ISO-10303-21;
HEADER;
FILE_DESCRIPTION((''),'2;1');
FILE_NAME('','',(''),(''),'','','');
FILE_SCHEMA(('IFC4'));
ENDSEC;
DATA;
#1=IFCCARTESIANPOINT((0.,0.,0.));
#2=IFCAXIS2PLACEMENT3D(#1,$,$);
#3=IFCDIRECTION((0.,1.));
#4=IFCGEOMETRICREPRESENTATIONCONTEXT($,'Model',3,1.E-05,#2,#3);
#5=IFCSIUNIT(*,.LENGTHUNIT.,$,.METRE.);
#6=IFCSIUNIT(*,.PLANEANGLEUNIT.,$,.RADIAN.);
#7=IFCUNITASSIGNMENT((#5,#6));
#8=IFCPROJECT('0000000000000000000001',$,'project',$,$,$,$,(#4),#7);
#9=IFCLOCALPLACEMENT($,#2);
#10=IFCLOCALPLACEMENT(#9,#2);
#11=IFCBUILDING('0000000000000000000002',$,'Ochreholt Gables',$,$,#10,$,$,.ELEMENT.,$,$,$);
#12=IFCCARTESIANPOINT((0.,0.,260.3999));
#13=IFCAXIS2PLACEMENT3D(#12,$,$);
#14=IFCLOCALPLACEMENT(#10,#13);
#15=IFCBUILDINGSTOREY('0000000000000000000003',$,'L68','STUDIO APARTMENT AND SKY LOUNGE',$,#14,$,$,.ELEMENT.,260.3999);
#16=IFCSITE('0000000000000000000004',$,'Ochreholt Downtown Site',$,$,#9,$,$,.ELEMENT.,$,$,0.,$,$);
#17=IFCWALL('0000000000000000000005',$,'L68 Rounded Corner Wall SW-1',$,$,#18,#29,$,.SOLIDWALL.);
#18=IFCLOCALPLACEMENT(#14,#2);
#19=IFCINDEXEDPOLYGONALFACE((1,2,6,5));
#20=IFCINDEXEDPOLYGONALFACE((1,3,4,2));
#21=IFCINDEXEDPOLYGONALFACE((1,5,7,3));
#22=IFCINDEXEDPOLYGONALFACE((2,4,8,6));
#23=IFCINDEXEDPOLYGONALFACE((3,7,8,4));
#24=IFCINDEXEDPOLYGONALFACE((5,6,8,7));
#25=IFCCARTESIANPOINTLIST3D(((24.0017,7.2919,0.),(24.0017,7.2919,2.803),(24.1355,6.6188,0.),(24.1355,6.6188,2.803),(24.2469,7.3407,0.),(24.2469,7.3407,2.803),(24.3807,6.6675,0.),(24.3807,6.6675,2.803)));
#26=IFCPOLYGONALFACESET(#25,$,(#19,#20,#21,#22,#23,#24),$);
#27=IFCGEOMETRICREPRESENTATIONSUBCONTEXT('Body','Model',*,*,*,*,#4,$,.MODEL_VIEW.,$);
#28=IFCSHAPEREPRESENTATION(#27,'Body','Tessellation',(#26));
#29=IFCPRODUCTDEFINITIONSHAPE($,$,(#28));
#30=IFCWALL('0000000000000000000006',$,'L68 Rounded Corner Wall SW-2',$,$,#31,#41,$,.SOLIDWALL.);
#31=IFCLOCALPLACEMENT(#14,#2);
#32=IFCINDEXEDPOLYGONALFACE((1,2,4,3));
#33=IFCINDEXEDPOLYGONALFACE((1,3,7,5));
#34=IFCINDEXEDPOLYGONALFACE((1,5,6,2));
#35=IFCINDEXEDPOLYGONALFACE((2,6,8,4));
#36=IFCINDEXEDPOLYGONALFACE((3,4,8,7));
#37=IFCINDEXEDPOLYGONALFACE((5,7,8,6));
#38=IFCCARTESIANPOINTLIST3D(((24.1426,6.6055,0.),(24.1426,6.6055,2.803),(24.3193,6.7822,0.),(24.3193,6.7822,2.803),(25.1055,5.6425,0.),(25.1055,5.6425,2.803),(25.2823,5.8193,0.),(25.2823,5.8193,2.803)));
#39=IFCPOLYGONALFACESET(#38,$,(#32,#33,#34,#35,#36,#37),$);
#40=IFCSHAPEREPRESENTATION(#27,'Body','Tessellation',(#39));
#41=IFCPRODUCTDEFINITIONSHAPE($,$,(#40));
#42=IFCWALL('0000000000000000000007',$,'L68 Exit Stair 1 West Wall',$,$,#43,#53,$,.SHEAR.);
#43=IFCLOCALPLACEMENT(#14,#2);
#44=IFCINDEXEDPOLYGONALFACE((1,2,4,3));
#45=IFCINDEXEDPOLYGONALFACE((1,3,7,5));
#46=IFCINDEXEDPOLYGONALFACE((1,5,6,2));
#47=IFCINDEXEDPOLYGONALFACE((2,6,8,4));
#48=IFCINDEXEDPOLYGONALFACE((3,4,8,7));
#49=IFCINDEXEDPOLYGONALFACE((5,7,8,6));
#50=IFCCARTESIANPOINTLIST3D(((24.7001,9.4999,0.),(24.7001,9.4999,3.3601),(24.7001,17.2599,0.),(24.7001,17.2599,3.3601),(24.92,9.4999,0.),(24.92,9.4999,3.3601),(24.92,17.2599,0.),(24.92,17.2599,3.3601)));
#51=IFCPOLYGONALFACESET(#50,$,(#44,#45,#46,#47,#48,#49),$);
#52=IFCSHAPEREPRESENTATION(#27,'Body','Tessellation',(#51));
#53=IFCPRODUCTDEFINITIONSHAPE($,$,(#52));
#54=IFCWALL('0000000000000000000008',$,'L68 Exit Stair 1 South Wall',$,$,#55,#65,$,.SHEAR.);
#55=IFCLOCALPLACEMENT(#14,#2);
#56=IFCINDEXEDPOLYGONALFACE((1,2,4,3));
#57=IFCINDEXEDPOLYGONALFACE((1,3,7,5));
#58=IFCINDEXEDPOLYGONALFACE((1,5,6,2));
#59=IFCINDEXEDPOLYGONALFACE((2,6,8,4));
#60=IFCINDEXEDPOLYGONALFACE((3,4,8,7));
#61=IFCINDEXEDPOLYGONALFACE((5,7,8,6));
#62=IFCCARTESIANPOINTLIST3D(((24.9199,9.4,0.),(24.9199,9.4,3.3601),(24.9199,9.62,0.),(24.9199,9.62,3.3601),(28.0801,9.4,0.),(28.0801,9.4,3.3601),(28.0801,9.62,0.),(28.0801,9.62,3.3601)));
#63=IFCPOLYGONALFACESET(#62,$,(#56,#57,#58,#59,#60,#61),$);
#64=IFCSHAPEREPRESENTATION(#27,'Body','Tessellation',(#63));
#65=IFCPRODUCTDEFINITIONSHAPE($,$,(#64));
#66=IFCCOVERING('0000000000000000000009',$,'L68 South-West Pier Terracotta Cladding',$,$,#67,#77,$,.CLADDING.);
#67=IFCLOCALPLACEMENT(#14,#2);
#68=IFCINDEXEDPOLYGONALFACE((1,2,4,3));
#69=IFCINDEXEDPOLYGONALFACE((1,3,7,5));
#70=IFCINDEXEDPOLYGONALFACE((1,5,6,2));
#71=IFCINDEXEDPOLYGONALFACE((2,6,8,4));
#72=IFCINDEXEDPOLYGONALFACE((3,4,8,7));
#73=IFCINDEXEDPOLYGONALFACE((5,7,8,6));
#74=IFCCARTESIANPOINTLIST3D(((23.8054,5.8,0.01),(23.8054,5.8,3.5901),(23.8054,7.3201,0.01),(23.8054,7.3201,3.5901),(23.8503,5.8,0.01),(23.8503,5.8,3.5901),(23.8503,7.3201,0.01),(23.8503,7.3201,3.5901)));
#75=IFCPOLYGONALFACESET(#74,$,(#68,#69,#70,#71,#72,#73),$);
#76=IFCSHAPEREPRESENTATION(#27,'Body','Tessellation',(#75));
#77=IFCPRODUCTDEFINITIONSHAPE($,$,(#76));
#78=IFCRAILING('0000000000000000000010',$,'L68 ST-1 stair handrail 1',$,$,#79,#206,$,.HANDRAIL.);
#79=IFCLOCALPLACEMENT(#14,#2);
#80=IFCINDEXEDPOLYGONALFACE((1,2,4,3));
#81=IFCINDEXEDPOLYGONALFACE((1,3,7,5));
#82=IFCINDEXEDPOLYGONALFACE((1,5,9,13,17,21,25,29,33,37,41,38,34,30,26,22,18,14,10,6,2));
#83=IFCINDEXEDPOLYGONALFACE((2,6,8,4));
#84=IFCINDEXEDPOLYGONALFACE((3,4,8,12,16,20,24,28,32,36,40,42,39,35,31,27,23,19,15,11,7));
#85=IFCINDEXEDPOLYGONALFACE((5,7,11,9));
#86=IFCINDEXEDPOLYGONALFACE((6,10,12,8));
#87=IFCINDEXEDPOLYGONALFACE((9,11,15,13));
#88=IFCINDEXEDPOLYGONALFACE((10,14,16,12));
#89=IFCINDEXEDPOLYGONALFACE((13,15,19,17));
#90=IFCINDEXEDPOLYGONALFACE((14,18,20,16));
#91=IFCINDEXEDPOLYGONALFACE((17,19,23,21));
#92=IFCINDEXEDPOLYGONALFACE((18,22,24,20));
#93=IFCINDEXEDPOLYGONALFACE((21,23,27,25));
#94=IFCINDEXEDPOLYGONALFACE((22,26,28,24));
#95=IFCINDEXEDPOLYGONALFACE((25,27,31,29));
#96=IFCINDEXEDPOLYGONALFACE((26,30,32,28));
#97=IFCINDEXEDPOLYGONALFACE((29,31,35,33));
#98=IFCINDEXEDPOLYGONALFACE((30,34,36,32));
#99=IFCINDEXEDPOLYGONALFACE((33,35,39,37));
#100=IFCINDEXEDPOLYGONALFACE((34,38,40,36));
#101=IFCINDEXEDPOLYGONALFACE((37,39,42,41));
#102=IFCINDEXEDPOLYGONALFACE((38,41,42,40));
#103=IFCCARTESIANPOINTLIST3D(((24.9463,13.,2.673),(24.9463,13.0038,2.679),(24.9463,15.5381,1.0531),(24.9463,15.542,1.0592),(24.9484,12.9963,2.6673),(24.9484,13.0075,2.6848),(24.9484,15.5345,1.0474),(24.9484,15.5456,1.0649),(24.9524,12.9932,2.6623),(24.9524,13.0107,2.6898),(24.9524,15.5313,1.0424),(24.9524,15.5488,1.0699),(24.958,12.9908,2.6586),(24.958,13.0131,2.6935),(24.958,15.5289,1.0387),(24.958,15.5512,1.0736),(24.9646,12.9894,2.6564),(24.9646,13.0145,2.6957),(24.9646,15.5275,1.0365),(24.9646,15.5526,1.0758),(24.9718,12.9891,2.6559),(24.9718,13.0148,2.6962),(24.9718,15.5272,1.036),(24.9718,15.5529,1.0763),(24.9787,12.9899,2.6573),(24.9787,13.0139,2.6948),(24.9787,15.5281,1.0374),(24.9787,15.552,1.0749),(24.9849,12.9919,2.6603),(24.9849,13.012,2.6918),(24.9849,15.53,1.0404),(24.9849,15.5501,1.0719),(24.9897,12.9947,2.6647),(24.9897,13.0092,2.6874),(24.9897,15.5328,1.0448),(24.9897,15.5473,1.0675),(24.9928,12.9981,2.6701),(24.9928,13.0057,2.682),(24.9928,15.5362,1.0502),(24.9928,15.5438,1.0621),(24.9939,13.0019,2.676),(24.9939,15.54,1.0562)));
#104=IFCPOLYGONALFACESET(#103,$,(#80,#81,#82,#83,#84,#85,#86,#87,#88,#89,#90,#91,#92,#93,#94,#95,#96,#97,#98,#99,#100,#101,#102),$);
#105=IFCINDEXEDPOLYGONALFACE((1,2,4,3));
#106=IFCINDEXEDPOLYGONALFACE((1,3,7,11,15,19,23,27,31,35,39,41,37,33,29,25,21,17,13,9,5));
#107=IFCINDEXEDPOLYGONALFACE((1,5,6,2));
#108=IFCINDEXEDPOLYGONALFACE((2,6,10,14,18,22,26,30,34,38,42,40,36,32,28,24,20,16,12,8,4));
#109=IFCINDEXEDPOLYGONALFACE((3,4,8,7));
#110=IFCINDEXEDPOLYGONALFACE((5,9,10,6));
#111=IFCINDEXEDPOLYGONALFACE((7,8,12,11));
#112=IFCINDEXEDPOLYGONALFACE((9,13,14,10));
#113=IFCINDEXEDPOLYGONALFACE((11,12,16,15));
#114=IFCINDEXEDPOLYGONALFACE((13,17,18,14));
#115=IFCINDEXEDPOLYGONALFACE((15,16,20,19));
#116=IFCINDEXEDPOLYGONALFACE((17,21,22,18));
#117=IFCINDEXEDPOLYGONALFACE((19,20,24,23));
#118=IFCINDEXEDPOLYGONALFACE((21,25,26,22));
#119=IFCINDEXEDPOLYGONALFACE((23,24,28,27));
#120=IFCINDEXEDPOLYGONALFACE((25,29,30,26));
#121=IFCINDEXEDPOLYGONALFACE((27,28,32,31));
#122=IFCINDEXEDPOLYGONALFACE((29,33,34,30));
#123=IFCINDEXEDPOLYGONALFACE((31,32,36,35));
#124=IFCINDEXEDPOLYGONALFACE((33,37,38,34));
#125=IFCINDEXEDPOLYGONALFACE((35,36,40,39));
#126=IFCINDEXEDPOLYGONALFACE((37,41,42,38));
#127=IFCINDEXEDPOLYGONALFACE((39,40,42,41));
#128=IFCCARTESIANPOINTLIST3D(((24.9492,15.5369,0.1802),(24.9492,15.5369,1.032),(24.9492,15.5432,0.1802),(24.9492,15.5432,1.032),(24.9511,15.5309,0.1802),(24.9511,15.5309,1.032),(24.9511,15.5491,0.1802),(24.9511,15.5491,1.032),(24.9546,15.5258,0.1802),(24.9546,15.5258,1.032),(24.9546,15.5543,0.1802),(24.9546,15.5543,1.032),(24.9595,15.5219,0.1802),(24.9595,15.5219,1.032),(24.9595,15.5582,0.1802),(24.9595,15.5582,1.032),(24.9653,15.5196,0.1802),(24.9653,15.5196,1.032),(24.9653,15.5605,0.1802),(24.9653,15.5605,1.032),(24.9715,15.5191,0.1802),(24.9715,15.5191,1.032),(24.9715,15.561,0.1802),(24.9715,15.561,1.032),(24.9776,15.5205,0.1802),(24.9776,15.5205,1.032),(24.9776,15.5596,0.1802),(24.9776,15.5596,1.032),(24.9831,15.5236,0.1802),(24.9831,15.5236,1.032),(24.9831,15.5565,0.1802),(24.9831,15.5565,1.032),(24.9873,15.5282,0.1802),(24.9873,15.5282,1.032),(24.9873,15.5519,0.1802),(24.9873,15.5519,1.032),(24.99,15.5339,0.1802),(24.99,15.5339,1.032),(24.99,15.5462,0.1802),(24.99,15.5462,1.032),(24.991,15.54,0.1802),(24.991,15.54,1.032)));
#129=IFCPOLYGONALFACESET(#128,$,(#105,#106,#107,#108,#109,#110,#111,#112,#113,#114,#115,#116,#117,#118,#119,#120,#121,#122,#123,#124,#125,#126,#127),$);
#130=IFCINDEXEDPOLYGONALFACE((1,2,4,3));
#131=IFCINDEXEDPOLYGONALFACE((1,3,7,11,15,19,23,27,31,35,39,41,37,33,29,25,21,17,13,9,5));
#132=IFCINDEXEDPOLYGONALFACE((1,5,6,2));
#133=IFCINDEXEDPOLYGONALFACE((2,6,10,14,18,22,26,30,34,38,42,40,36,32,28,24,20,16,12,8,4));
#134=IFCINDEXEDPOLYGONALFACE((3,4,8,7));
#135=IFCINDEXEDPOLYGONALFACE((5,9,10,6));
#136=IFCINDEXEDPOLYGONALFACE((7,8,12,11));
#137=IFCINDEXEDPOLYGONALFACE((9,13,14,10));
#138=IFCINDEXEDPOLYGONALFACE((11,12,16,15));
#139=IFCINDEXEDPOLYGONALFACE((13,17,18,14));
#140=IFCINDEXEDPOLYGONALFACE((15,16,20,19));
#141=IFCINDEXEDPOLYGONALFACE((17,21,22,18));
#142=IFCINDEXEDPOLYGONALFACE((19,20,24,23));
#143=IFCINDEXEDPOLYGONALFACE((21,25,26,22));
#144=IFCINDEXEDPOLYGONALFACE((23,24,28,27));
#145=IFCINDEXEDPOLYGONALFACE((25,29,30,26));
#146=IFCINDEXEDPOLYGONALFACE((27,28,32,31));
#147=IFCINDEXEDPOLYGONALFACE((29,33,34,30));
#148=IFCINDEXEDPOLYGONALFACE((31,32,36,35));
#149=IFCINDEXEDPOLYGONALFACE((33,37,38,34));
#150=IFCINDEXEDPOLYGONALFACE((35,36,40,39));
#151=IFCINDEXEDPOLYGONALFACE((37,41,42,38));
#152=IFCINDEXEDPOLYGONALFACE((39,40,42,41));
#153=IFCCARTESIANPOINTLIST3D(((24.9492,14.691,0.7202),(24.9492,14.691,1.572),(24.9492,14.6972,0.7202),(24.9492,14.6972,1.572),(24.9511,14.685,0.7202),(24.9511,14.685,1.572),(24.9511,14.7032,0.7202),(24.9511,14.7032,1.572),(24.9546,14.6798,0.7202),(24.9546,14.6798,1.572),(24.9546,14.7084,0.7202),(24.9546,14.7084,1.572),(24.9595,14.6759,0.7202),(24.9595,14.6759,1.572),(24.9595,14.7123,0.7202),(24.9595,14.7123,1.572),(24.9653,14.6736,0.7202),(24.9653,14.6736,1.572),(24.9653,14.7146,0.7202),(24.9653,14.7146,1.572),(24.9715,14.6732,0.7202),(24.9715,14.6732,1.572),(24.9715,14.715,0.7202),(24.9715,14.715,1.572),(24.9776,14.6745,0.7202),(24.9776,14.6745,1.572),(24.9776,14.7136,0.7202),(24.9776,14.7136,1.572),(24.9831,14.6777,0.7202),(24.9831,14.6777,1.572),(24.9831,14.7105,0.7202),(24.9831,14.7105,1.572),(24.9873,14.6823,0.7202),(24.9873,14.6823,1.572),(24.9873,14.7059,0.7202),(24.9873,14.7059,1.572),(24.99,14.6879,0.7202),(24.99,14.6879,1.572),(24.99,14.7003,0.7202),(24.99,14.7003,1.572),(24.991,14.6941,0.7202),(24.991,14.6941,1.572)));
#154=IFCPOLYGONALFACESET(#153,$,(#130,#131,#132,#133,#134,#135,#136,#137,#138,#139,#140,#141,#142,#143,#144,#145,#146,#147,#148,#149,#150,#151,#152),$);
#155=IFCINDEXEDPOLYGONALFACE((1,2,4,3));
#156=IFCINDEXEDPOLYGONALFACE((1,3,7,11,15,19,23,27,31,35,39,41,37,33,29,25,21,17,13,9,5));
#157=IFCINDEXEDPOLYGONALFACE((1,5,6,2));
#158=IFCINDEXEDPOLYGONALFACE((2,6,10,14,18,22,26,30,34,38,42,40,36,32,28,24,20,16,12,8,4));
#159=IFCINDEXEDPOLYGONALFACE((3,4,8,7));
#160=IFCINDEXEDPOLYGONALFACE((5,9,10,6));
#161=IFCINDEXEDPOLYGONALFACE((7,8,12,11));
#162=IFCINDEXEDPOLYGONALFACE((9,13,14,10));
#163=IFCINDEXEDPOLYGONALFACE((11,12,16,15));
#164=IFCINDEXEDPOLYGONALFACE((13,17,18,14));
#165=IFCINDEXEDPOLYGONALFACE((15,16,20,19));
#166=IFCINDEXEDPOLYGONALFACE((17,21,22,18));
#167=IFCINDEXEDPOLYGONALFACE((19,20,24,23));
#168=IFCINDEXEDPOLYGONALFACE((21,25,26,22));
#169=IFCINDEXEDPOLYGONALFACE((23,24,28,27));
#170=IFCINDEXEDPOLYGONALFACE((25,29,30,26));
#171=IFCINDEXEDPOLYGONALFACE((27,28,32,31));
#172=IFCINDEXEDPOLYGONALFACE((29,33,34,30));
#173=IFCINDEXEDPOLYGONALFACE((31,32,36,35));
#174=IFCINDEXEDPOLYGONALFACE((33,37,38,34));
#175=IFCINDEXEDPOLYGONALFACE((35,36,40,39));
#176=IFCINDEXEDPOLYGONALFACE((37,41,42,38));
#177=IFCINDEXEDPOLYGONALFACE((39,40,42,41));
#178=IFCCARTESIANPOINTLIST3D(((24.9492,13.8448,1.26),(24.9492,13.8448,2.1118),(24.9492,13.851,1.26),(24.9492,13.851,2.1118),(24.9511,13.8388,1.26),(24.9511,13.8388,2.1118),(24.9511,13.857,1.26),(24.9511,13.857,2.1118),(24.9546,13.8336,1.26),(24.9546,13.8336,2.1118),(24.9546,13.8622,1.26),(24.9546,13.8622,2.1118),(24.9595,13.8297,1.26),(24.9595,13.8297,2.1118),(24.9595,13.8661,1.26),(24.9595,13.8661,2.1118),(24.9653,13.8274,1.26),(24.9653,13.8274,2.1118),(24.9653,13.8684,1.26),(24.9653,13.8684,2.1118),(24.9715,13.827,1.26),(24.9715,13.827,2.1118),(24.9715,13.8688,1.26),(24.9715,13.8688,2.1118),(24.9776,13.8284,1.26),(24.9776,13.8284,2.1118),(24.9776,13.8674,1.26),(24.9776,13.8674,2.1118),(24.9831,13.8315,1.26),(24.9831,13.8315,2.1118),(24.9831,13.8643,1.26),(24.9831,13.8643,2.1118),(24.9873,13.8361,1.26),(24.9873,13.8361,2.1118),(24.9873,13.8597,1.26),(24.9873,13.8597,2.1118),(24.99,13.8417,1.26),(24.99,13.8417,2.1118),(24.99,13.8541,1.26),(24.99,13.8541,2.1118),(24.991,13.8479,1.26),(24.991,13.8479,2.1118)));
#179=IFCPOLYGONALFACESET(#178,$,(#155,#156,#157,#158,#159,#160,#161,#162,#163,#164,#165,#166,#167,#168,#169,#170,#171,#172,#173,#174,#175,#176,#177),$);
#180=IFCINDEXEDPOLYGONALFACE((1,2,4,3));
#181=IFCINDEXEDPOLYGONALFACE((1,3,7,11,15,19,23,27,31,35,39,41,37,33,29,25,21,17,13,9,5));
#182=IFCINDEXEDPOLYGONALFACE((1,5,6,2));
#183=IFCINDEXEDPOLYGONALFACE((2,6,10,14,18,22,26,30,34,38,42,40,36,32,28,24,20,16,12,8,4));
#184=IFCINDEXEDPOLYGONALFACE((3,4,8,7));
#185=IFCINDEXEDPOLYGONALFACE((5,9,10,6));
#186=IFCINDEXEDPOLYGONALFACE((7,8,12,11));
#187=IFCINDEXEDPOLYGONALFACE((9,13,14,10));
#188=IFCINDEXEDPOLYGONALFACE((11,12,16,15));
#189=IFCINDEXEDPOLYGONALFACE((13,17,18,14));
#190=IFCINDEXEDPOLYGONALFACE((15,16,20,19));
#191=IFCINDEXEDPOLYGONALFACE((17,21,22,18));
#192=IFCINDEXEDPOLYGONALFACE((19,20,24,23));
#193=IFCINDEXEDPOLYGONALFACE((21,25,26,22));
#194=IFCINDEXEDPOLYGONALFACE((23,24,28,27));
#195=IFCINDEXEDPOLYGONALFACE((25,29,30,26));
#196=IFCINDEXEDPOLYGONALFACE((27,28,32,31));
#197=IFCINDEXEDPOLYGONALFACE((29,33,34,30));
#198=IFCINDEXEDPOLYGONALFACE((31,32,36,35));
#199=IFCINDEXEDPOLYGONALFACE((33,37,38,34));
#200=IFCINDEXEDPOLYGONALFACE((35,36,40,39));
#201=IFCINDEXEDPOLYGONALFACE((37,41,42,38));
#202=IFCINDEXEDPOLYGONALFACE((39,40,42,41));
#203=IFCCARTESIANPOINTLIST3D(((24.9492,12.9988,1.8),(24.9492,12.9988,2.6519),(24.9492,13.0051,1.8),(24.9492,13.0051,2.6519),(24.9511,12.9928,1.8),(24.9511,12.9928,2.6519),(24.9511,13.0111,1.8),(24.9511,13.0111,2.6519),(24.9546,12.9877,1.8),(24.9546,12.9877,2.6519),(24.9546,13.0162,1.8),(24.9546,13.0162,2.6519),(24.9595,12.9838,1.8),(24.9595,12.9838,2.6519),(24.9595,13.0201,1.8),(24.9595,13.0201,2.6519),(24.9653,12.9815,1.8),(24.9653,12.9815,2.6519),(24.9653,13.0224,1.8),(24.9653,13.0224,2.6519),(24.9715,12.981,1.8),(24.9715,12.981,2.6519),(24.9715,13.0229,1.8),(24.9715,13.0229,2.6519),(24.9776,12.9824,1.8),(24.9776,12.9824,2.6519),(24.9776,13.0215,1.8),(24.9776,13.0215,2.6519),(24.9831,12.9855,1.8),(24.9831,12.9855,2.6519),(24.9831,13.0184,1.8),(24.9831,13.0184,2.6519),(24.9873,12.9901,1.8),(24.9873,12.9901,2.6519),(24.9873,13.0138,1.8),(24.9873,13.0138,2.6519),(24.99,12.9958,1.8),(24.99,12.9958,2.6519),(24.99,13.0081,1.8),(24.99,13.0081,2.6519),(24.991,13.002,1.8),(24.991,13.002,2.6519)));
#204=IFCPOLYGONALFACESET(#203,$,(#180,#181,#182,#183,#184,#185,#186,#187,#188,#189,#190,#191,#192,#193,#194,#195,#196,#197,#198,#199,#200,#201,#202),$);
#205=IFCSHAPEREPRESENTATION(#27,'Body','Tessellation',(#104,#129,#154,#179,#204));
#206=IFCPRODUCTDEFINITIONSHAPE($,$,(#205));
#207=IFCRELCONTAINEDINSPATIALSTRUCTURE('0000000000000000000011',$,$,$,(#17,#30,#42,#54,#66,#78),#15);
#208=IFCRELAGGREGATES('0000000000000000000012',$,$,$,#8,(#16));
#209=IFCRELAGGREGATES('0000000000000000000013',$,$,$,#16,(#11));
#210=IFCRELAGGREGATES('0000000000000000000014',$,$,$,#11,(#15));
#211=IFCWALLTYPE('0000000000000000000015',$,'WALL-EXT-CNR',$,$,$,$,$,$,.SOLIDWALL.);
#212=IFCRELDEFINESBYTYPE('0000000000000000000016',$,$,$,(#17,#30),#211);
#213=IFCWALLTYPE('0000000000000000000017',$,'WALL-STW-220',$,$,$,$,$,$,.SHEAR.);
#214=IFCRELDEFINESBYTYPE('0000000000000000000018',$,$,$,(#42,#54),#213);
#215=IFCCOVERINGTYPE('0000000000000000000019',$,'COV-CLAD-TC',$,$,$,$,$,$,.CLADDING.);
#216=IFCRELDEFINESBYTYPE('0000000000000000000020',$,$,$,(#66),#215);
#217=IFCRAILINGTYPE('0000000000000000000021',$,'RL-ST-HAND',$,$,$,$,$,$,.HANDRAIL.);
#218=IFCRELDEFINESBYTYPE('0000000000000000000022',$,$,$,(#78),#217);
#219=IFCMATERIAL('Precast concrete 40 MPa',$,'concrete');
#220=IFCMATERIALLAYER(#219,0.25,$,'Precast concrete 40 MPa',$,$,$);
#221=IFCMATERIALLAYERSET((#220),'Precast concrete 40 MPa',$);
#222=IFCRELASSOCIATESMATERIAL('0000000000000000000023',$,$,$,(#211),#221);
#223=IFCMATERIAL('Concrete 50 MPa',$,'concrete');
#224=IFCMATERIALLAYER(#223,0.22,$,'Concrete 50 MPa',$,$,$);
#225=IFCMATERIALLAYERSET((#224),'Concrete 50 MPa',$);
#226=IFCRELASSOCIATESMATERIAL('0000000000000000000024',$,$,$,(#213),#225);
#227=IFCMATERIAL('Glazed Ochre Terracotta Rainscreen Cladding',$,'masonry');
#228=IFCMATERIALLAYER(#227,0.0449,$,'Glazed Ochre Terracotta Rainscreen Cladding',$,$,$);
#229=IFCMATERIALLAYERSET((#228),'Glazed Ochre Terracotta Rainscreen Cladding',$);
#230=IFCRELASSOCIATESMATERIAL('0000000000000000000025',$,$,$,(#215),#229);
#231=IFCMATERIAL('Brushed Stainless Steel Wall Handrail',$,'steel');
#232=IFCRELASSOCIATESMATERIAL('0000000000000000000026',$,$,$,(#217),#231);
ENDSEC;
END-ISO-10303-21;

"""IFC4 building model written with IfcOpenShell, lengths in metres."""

from ifc_helpers import new_model, si_unit, direction, frame, frame_2d, origin, origin_2d, place, context, subcontext, project, spatial, rectangle, circle, extrude, material, layer, layer_set, type_object, element, save


model = new_model("IFC4")

# Units and contexts
model_context = context("Model", 3, precision=1e-05, world=origin(), true_north=direction((0.0, 1.0)))
body_context = subcontext(model_context, "Body", "Model", "MODEL_VIEW")
ifc_project = project(units=[si_unit("LENGTHUNIT", "METRE"), si_unit("PLANEANGLEUNIT", "RADIAN")], contexts=[model_context])

# Site, building, storey
site_placement = place(None, origin())
site = spatial("IfcSite", under=ifc_project, at=site_placement, Name="Ochreholt Downtown Site", CompositionType="ELEMENT", RefElevation=0.0)
building_placement = place(site_placement, origin())
building = spatial("IfcBuilding", under=site, at=building_placement, Name="Ochreholt Gables", CompositionType="ELEMENT")
storey_placement = place(building_placement, frame((0.0, 0.0, 260.3999)))
storey = spatial("IfcBuildingStorey", under=building, at=storey_placement, Name="L68", Description="STUDIO APARTMENT AND SKY LOUNGE", CompositionType="ELEMENT", Elevation=260.3999)

# Shared definitions
ifc_material_1 = material(Name="Concrete 50 MPa", Category="concrete")

# Shared definitions
ifc_material_2 = material(Name="Precast concrete 40 MPa", Category="concrete")

# Walls
ifc_layer_1 = layer(ifc_material_2, 0.25, Name="Precast concrete 40 MPa")
ifc_layer_set_1 = layer_set([ifc_layer_1], Name="Precast concrete 40 MPa")
wall_type_1 = type_object("IfcWallType", Name="WALL-EXT-CNR", PredefinedType="SOLIDWALL", material=ifc_layer_set_1)
wall_1_placement = place(storey_placement, frame((24.1243, 7.3164, 0.0), z_axis=(0.0, 0.0, 1.0), x_axis=(0.194953, -0.980813, 0.0)))
element("IfcWall", 1, at=wall_1_placement, inside=storey, type_object=wall_type_1, Name="L68 Rounded Corner Wall SW-1", PredefinedType="SOLIDWALL", context=body_context, shape_type="SweptSolid", body=[
    extrude(rectangle(XDim=0.6863, YDim=0.25, at=frame_2d((0.3433, 0.0))), origin(), (0.0, 0.0, 1.0), 2.803),
])
wall_2_placement = place(storey_placement, frame((24.231, 6.6938, 0.0), z_axis=(0.0, 0.0, 1.0), x_axis=(0.707107, -0.707107, 0.0)))
element("IfcWall", 2, at=wall_2_placement, inside=storey, type_object=wall_type_1, Name="L68 Rounded Corner Wall SW-2", PredefinedType="SOLIDWALL", context=body_context, shape_type="SweptSolid", body=[
    extrude(rectangle(XDim=1.3618, YDim=0.25, at=frame_2d((0.6809, 0.0))), origin(), (0.0, 0.0, 1.0), 2.803),
])
ifc_layer_2 = layer(ifc_material_1, 0.22, Name="Concrete 50 MPa")
ifc_layer_set_2 = layer_set([ifc_layer_2], Name="Concrete 50 MPa")
wall_type_2 = type_object("IfcWallType", Name="WALL-STW-220", PredefinedType="SHEAR", material=ifc_layer_set_2)
wall_3_placement = place(storey_placement, frame((24.8101, 9.5, 0.0), z_axis=(0.0, 0.0, 1.0), x_axis=(0.0, 1.0, 0.0)))
element("IfcWall", 3, at=wall_3_placement, inside=storey, type_object=wall_type_2, Name="L68 Exit Stair 1 West Wall", PredefinedType="SHEAR", context=body_context, shape_type="SweptSolid", body=[
    extrude(rectangle(XDim=7.76, YDim=0.22, at=frame_2d((3.8799, 0.0))), origin(), (0.0, 0.0, 1.0), 3.3601),
])
wall_4_placement = place(storey_placement, frame((24.9199, 9.51, 0.0), z_axis=(0.0, 0.0, 1.0), x_axis=(1.0, 0.0, 0.0)))
element("IfcWall", 4, at=wall_4_placement, inside=storey, type_object=wall_type_2, Name="L68 Exit Stair 1 South Wall", PredefinedType="SHEAR", context=body_context, shape_type="SweptSolid", body=[
    extrude(rectangle(XDim=3.1602, YDim=0.22, at=frame_2d((1.5801, 0.0))), origin(), (0.0, 0.0, 1.0), 3.3601),
])

# Covering
ifc_material_3 = material(Name="Glazed Ochre Terracotta Rainscreen Cladding", Category="masonry")
ifc_layer_3 = layer(ifc_material_3, 0.0449, Name="Glazed Ochre Terracotta Rainscreen Cladding")
ifc_layer_set_3 = layer_set([ifc_layer_3], Name="Glazed Ochre Terracotta Rainscreen Cladding")
covering_type = type_object("IfcCoveringType", Name="COV-CLAD-TC", PredefinedType="CLADDING", material=ifc_layer_set_3)
covering_placement = place(storey_placement, frame((23.8279, 6.5601, 0.01), z_axis=(0.0, 0.0, 1.0), x_axis=(0.0, 1.0, 0.0)))
element("IfcCovering", 5, at=covering_placement, inside=storey, type_object=covering_type, Name="L68 South-West Pier Terracotta Cladding", PredefinedType="CLADDING", context=body_context, shape_type="SweptSolid", body=[
    extrude(rectangle(XDim=1.52, YDim=0.0449, at=origin_2d()), origin(), (0.0, 0.0, 1.0), 3.5801),
])

# Railing
ifc_material_4 = material(Name="Brushed Stainless Steel Wall Handrail", Category="steel")
railing_type = type_object("IfcRailingType", Name="RL-ST-HAND", PredefinedType="HANDRAIL", material=ifc_material_4)
railing_placement = place(storey_placement, frame((24.97, 15.54, 0.1802)))
element("IfcRailing", 6, at=railing_placement, inside=storey, type_object=railing_type, Name="L68 ST-1 stair handrail 1", PredefinedType="HANDRAIL", context=body_context, shape_type="SweptSolid", body=[
    extrude(circle(Radius=0.0239, at=origin_2d()), frame((0.0, 0.0, 0.876), z_axis=(0.0, -0.84295, 0.537993), x_axis=(1.0, 0.0, 0.0)), (0.0, 0.0, 1.0), 3.011),
    extrude(circle(Radius=0.021, at=origin_2d()), origin(), (0.0, 0.0, 1.0), 0.8518),
    extrude(circle(Radius=0.021, at=origin_2d()), frame((0.0, -0.8459, 0.54)), (0.0, 0.0, 1.0), 0.8518),
    extrude(circle(Radius=0.021, at=origin_2d()), frame((0.0, -1.6921, 1.0798)), (0.0, 0.0, 1.0), 0.8518),
    extrude(circle(Radius=0.021, at=origin_2d()), frame((0.0, -2.5381, 1.6199)), (0.0, 0.0, 1.0), 0.8518),
])

save(model, "model.ifc")
